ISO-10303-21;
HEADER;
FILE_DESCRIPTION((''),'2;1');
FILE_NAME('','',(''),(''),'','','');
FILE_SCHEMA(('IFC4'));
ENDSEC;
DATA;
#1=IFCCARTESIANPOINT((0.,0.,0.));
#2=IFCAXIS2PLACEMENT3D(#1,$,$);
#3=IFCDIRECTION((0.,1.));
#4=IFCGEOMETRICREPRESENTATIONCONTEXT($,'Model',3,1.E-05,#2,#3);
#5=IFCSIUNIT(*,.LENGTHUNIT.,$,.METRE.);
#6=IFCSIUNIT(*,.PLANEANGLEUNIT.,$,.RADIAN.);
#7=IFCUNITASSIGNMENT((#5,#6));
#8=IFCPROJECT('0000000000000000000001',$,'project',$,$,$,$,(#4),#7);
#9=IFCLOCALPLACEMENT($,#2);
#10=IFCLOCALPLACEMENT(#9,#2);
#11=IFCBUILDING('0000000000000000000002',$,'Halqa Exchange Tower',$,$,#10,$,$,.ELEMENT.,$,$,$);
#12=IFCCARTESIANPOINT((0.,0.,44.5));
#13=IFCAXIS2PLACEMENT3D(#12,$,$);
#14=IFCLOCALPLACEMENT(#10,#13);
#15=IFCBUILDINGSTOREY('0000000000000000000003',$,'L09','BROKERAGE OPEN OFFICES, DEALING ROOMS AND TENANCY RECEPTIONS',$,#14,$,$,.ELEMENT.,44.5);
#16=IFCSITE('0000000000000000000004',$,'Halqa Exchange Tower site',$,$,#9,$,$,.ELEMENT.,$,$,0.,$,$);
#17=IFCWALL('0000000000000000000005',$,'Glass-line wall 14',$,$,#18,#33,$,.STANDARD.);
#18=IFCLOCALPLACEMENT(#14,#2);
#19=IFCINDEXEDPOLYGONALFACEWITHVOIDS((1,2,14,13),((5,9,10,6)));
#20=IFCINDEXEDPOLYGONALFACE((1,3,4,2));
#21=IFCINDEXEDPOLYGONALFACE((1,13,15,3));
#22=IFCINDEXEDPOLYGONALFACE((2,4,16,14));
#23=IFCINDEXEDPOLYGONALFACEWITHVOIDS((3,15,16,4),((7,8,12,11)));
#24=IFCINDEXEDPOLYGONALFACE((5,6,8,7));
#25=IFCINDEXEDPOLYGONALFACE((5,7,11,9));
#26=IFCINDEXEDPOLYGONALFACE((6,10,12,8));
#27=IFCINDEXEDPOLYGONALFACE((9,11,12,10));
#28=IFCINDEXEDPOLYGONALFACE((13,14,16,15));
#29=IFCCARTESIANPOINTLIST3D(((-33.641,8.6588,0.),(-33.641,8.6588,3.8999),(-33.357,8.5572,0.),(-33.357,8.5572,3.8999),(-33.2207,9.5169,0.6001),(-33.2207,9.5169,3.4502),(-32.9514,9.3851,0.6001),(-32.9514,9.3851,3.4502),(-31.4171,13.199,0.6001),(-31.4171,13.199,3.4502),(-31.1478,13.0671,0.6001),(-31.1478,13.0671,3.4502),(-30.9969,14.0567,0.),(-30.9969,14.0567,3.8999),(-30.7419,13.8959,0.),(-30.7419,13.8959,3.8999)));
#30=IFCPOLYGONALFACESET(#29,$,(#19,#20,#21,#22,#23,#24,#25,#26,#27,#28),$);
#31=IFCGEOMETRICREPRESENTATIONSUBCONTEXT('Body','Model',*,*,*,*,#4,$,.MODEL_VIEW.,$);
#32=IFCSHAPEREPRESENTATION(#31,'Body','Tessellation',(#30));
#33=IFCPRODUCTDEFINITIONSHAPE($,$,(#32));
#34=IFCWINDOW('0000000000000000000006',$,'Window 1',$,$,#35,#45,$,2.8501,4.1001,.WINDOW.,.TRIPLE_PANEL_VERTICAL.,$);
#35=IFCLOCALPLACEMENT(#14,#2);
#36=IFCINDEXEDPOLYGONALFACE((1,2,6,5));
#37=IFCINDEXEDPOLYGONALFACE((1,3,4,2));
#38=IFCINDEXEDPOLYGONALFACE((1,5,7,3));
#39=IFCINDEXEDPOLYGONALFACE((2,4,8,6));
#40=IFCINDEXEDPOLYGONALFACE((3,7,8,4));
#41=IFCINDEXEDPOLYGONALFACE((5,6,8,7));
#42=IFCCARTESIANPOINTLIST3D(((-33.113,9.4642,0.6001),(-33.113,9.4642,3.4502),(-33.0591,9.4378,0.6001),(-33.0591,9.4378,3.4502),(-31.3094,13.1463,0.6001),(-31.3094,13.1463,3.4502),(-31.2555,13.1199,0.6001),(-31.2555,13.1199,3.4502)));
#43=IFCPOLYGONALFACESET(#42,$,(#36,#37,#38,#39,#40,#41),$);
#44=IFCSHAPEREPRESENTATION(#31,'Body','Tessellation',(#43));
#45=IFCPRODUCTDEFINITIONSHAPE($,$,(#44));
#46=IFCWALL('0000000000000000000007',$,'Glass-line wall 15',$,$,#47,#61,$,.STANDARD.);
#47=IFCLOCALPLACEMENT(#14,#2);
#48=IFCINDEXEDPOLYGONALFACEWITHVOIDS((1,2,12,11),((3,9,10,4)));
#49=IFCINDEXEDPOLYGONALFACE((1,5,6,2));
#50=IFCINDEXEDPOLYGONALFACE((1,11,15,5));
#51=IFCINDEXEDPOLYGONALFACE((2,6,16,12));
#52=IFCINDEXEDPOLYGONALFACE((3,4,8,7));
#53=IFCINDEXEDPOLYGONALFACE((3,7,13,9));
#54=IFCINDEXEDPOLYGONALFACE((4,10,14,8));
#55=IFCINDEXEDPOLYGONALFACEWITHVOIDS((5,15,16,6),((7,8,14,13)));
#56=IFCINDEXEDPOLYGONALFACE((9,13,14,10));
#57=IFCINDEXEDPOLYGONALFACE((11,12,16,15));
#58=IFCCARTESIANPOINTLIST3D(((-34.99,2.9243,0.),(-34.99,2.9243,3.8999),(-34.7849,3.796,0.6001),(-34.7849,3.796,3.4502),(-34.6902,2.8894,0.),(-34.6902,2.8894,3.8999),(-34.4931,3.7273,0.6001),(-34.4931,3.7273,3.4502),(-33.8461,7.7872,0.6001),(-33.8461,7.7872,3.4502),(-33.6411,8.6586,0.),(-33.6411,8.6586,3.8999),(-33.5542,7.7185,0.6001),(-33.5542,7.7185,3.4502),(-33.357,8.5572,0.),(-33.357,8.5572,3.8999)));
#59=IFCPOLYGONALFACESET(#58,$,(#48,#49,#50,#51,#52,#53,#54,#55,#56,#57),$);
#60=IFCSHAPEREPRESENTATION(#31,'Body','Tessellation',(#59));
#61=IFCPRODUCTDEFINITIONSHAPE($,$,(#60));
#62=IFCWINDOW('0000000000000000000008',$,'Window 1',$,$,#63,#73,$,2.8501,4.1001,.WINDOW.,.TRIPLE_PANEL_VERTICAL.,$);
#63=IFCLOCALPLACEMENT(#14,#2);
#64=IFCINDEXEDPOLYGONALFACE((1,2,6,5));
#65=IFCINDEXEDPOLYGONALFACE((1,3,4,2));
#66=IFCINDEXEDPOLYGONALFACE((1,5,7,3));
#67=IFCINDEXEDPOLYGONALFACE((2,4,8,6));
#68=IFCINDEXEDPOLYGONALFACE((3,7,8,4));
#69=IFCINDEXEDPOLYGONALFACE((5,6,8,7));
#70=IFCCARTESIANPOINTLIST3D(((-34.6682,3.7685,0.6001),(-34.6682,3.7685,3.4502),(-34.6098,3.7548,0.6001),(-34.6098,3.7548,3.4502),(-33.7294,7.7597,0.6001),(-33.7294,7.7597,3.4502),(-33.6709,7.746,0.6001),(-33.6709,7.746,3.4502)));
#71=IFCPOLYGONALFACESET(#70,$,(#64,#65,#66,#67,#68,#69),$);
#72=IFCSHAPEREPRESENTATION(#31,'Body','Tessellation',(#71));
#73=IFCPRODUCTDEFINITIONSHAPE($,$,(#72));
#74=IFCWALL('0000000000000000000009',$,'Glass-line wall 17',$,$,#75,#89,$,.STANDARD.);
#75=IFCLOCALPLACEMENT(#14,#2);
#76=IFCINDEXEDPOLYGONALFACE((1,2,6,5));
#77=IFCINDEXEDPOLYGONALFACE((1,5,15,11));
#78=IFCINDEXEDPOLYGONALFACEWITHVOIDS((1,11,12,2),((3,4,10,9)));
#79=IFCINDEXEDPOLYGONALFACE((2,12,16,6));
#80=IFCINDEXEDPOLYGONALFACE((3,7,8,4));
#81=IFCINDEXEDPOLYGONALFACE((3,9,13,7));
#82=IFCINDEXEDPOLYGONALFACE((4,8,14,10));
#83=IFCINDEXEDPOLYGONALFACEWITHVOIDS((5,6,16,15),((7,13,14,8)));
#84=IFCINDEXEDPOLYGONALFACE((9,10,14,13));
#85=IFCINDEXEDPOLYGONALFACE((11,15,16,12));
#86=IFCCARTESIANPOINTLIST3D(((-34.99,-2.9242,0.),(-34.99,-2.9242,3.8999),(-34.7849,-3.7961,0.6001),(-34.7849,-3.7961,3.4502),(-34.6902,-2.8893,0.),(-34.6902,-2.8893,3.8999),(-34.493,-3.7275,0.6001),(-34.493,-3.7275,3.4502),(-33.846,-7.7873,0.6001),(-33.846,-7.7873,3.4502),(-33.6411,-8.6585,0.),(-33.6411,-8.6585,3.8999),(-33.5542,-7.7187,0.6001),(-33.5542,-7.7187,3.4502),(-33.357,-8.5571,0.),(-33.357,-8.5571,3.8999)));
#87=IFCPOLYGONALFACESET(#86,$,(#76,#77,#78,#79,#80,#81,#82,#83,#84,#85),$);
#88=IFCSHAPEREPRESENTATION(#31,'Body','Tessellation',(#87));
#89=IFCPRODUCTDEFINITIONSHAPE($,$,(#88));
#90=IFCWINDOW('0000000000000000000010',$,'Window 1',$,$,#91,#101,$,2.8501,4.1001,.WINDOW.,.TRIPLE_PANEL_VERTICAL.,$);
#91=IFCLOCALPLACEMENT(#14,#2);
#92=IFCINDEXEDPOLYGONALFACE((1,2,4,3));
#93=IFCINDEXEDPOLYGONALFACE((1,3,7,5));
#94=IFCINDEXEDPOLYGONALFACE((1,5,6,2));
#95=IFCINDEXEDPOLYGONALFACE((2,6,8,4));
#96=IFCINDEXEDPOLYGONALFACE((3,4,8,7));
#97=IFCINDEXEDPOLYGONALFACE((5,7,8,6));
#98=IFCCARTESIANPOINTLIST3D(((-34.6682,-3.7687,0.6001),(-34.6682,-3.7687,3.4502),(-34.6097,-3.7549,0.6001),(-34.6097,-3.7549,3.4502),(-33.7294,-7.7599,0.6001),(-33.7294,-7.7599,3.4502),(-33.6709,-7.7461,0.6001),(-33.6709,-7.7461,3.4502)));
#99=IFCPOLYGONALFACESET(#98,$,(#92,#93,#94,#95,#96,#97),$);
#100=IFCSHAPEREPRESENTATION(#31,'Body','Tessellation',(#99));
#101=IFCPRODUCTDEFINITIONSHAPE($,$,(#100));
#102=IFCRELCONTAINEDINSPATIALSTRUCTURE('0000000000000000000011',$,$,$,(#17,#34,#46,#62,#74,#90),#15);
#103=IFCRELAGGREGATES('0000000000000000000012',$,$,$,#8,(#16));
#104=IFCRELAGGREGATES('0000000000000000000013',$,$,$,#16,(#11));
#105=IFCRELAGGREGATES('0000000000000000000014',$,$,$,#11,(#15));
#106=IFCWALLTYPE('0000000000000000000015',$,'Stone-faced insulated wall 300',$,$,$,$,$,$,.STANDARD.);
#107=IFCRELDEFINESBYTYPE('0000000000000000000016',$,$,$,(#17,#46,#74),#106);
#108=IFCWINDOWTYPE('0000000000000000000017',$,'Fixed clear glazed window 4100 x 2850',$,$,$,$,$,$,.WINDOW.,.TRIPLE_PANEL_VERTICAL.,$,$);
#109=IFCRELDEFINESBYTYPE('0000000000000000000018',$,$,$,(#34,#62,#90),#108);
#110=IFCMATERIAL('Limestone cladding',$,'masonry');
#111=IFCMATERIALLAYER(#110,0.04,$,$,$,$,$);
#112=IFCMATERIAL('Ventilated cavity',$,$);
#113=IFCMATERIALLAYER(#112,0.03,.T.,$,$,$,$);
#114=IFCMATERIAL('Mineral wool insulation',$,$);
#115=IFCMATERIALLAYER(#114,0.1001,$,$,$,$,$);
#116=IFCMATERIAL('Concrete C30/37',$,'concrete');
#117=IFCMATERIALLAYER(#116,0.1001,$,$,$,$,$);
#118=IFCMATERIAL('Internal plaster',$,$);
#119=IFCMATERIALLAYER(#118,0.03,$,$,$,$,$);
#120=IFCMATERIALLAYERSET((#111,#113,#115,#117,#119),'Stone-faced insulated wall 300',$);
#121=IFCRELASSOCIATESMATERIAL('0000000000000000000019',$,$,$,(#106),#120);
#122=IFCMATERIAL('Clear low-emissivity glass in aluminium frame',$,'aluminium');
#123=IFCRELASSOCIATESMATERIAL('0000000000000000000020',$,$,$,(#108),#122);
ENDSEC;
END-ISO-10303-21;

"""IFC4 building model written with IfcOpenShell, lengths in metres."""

from ifc_helpers import new_model, si_unit, direction, frame, frame_2d, origin, place, context, subcontext, project, spatial, polyline, rectangle, outline, extrude, material, layer, layer_set, type_object, element, fill, save


model = new_model("IFC4")

# Units and contexts
model_context = context("Model", 3, precision=1e-05, world=origin(), true_north=direction((0.0, 1.0)))
body_context = subcontext(model_context, "Body", "Model", "MODEL_VIEW")
ifc_project = project(units=[si_unit("LENGTHUNIT", "METRE"), si_unit("PLANEANGLEUNIT", "RADIAN")], contexts=[model_context])

# Site, building, storey
site_placement = place(None, origin())
site = spatial("IfcSite", under=ifc_project, at=site_placement, Name="Halqa Exchange Tower site", CompositionType="ELEMENT", RefElevation=0.0)
building_placement = place(site_placement, origin())
building = spatial("IfcBuilding", under=site, at=building_placement, Name="Halqa Exchange Tower", CompositionType="ELEMENT")
storey_placement = place(building_placement, frame((0.0, 0.0, 44.5)))
storey = spatial("IfcBuildingStorey", under=building, at=storey_placement, Name="L09", Description="BROKERAGE OPEN OFFICES, DEALING ROOMS AND TENANCY RECEPTIONS", CompositionType="ELEMENT", Elevation=44.5)

# Walls, openings, windows
ifc_material_1 = material(Name="Limestone cladding", Category="masonry")
ifc_layer_1 = layer(ifc_material_1, 0.04)
ifc_material_2 = material(Name="Ventilated cavity")
ifc_layer_2 = layer(ifc_material_2, 0.03, ventilated=True)
ifc_material_3 = material(Name="Mineral wool insulation")
ifc_layer_3 = layer(ifc_material_3, 0.1001)
ifc_material_4 = material(Name="Concrete C30/37", Category="concrete")
ifc_layer_4 = layer(ifc_material_4, 0.1001)
ifc_material_5 = material(Name="Internal plaster")
ifc_layer_5 = layer(ifc_material_5, 0.03)
ifc_layer_set_1 = layer_set([ifc_layer_1, ifc_layer_2, ifc_layer_3, ifc_layer_4, ifc_layer_5], Name="Stone-faced insulated wall 300")
wall_type_1 = type_object("IfcWallType", Name="Stone-faced insulated wall 300", PredefinedType="STANDARD", material=ifc_layer_set_1)
wall_1_placement = place(storey_placement, frame((-30.8694, 13.9763, 0.0), z_axis=(0.0, 0.0, 1.0), x_axis=(-0.439896, -0.898049, 0.0)))
wall_1 = element("IfcWall", 1, at=wall_1_placement, inside=storey, type_object=wall_type_1, Name="Glass-line wall 14", PredefinedType="STANDARD", context=body_context, shape_type="SweptSolid", body=[
    extrude(outline(polyline([(-0.0161, -0.1499), (5.9946, -0.1499), (5.9609, 0.1499), (0.0161, 0.1499), (-0.0161, -0.1499)])), origin(), (0.0, 0.0, 1.0), 3.8999),
])
opening_1_placement = place(wall_1_placement, frame((0.939, 0.0, 0.6001)))
opening_1 = element("IfcOpeningElement", 2, at=opening_1_placement, cuts=wall_1, PredefinedType="OPENING", context=body_context, shape_type="SweptSolid", body=[
    extrude(rectangle(XDim=4.1001, YDim=2.8501, at=frame_2d((2.05, 1.425))), frame((0.0, 0.1621, 0.0), z_axis=(0.0, -1.0, 0.0), x_axis=(1.0, 0.0, 0.0)), (0.0, 0.0, 1.0), 0.324),
])
ifc_material_6 = material(Name="Clear low-emissivity glass in aluminium frame", Category="aluminium")
window_type = type_object("IfcWindowType", Name="Fixed clear glazed window 4100 x 2850", PartitioningType="TRIPLE_PANEL_VERTICAL", PredefinedType="WINDOW", material=ifc_material_6)
window_1_placement = place(opening_1_placement, origin())
window_1 = element("IfcWindow", 3, at=window_1_placement, inside=storey, type_object=window_type, Name="Window 1", OverallHeight=2.8501, OverallWidth=4.1001, PartitioningType="TRIPLE_PANEL_VERTICAL", PredefinedType="WINDOW", context=body_context, shape_type="SweptSolid", body=[
    extrude(rectangle(XDim=4.1001, YDim=2.8501, at=frame_2d((2.05, 1.425))), frame((0.0, 0.03, 0.0), z_axis=(0.0, -1.0, 0.0), x_axis=(1.0, 0.0, 0.0)), (0.0, 0.0, 1.0), 0.0601),
])
fill(opening_1, window_1)
wall_2_placement = place(storey_placement, frame((-33.499, 8.6079, 0.0), z_axis=(0.0, 0.0, 1.0), x_axis=(-0.228977, -0.973432, 0.0)))
wall_2 = element("IfcWall", 4, at=wall_2_placement, inside=storey, type_object=wall_type_1, Name="Glass-line wall 15", PredefinedType="STANDARD", context=body_context, shape_type="SweptSolid", body=[
    extrude(outline(polyline([(-0.0168, -0.1499), (5.874, -0.1499), (5.8394, 0.1499), (0.0168, 0.1499), (-0.0168, -0.1499)])), origin(), (0.0, 0.0, 1.0), 3.8999),
])
opening_2_placement = place(wall_2_placement, frame((0.8784, 0.0, 0.6001)))
opening_2 = element("IfcOpeningElement", 5, at=opening_2_placement, cuts=wall_2, PredefinedType="OPENING", context=body_context, shape_type="SweptSolid", body=[
    extrude(rectangle(XDim=4.1001, YDim=2.8501, at=frame_2d((2.05, 1.425))), frame((0.0, 0.1621, 0.0), z_axis=(0.0, -1.0, 0.0), x_axis=(1.0, 0.0, 0.0)), (0.0, 0.0, 1.0), 0.324),
])
window_2_placement = place(opening_2_placement, origin())
window_2 = element("IfcWindow", 6, at=window_2_placement, inside=storey, type_object=window_type, Name="Window 1", OverallHeight=2.8501, OverallWidth=4.1001, PartitioningType="TRIPLE_PANEL_VERTICAL", PredefinedType="WINDOW", context=body_context, shape_type="SweptSolid", body=[
    extrude(rectangle(XDim=4.1001, YDim=2.8501, at=frame_2d((2.05, 1.425))), frame((0.0, 0.03, 0.0), z_axis=(0.0, -1.0, 0.0), x_axis=(1.0, 0.0, 0.0)), (0.0, 0.0, 1.0), 0.0601),
])
fill(opening_2, window_2)

# Wall, opening, window
wall_3_placement = place(storey_placement, frame((-34.8401, -2.9067, 0.0), z_axis=(0.0, 0.0, 1.0), x_axis=(0.228977, -0.973432, 0.0)))
wall_3 = element("IfcWall", 7, at=wall_3_placement, inside=storey, type_object=wall_type_1, Name="Glass-line wall 17", PredefinedType="STANDARD", context=body_context, shape_type="SweptSolid", body=[
    extrude(outline(polyline([(-0.0173, -0.1499), (5.8735, -0.1499), (5.8398, 0.1499), (0.0173, 0.1499), (-0.0173, -0.1499)])), origin(), (0.0, 0.0, 1.0), 3.8999),
])
opening_3_placement = place(wall_3_placement, frame((0.8784, 0.0, 0.6001)))
opening_3 = element("IfcOpeningElement", 8, at=opening_3_placement, cuts=wall_3, PredefinedType="OPENING", context=body_context, shape_type="SweptSolid", body=[
    extrude(rectangle(XDim=4.1001, YDim=2.8501, at=frame_2d((2.05, 1.425))), frame((0.0, 0.1621, 0.0), z_axis=(0.0, -1.0, 0.0), x_axis=(1.0, 0.0, 0.0)), (0.0, 0.0, 1.0), 0.324),
])
window_3_placement = place(opening_3_placement, origin())
window_3 = element("IfcWindow", 9, at=window_3_placement, inside=storey, type_object=window_type, Name="Window 1", OverallHeight=2.8501, OverallWidth=4.1001, PartitioningType="TRIPLE_PANEL_VERTICAL", PredefinedType="WINDOW", context=body_context, shape_type="SweptSolid", body=[
    extrude(rectangle(XDim=4.1001, YDim=2.8501, at=frame_2d((2.05, 1.425))), frame((0.0, 0.03, 0.0), z_axis=(0.0, -1.0, 0.0), x_axis=(1.0, 0.0, 0.0)), (0.0, 0.0, 1.0), 0.0601),
])
fill(opening_3, window_3)

save(model, "model.ifc")
